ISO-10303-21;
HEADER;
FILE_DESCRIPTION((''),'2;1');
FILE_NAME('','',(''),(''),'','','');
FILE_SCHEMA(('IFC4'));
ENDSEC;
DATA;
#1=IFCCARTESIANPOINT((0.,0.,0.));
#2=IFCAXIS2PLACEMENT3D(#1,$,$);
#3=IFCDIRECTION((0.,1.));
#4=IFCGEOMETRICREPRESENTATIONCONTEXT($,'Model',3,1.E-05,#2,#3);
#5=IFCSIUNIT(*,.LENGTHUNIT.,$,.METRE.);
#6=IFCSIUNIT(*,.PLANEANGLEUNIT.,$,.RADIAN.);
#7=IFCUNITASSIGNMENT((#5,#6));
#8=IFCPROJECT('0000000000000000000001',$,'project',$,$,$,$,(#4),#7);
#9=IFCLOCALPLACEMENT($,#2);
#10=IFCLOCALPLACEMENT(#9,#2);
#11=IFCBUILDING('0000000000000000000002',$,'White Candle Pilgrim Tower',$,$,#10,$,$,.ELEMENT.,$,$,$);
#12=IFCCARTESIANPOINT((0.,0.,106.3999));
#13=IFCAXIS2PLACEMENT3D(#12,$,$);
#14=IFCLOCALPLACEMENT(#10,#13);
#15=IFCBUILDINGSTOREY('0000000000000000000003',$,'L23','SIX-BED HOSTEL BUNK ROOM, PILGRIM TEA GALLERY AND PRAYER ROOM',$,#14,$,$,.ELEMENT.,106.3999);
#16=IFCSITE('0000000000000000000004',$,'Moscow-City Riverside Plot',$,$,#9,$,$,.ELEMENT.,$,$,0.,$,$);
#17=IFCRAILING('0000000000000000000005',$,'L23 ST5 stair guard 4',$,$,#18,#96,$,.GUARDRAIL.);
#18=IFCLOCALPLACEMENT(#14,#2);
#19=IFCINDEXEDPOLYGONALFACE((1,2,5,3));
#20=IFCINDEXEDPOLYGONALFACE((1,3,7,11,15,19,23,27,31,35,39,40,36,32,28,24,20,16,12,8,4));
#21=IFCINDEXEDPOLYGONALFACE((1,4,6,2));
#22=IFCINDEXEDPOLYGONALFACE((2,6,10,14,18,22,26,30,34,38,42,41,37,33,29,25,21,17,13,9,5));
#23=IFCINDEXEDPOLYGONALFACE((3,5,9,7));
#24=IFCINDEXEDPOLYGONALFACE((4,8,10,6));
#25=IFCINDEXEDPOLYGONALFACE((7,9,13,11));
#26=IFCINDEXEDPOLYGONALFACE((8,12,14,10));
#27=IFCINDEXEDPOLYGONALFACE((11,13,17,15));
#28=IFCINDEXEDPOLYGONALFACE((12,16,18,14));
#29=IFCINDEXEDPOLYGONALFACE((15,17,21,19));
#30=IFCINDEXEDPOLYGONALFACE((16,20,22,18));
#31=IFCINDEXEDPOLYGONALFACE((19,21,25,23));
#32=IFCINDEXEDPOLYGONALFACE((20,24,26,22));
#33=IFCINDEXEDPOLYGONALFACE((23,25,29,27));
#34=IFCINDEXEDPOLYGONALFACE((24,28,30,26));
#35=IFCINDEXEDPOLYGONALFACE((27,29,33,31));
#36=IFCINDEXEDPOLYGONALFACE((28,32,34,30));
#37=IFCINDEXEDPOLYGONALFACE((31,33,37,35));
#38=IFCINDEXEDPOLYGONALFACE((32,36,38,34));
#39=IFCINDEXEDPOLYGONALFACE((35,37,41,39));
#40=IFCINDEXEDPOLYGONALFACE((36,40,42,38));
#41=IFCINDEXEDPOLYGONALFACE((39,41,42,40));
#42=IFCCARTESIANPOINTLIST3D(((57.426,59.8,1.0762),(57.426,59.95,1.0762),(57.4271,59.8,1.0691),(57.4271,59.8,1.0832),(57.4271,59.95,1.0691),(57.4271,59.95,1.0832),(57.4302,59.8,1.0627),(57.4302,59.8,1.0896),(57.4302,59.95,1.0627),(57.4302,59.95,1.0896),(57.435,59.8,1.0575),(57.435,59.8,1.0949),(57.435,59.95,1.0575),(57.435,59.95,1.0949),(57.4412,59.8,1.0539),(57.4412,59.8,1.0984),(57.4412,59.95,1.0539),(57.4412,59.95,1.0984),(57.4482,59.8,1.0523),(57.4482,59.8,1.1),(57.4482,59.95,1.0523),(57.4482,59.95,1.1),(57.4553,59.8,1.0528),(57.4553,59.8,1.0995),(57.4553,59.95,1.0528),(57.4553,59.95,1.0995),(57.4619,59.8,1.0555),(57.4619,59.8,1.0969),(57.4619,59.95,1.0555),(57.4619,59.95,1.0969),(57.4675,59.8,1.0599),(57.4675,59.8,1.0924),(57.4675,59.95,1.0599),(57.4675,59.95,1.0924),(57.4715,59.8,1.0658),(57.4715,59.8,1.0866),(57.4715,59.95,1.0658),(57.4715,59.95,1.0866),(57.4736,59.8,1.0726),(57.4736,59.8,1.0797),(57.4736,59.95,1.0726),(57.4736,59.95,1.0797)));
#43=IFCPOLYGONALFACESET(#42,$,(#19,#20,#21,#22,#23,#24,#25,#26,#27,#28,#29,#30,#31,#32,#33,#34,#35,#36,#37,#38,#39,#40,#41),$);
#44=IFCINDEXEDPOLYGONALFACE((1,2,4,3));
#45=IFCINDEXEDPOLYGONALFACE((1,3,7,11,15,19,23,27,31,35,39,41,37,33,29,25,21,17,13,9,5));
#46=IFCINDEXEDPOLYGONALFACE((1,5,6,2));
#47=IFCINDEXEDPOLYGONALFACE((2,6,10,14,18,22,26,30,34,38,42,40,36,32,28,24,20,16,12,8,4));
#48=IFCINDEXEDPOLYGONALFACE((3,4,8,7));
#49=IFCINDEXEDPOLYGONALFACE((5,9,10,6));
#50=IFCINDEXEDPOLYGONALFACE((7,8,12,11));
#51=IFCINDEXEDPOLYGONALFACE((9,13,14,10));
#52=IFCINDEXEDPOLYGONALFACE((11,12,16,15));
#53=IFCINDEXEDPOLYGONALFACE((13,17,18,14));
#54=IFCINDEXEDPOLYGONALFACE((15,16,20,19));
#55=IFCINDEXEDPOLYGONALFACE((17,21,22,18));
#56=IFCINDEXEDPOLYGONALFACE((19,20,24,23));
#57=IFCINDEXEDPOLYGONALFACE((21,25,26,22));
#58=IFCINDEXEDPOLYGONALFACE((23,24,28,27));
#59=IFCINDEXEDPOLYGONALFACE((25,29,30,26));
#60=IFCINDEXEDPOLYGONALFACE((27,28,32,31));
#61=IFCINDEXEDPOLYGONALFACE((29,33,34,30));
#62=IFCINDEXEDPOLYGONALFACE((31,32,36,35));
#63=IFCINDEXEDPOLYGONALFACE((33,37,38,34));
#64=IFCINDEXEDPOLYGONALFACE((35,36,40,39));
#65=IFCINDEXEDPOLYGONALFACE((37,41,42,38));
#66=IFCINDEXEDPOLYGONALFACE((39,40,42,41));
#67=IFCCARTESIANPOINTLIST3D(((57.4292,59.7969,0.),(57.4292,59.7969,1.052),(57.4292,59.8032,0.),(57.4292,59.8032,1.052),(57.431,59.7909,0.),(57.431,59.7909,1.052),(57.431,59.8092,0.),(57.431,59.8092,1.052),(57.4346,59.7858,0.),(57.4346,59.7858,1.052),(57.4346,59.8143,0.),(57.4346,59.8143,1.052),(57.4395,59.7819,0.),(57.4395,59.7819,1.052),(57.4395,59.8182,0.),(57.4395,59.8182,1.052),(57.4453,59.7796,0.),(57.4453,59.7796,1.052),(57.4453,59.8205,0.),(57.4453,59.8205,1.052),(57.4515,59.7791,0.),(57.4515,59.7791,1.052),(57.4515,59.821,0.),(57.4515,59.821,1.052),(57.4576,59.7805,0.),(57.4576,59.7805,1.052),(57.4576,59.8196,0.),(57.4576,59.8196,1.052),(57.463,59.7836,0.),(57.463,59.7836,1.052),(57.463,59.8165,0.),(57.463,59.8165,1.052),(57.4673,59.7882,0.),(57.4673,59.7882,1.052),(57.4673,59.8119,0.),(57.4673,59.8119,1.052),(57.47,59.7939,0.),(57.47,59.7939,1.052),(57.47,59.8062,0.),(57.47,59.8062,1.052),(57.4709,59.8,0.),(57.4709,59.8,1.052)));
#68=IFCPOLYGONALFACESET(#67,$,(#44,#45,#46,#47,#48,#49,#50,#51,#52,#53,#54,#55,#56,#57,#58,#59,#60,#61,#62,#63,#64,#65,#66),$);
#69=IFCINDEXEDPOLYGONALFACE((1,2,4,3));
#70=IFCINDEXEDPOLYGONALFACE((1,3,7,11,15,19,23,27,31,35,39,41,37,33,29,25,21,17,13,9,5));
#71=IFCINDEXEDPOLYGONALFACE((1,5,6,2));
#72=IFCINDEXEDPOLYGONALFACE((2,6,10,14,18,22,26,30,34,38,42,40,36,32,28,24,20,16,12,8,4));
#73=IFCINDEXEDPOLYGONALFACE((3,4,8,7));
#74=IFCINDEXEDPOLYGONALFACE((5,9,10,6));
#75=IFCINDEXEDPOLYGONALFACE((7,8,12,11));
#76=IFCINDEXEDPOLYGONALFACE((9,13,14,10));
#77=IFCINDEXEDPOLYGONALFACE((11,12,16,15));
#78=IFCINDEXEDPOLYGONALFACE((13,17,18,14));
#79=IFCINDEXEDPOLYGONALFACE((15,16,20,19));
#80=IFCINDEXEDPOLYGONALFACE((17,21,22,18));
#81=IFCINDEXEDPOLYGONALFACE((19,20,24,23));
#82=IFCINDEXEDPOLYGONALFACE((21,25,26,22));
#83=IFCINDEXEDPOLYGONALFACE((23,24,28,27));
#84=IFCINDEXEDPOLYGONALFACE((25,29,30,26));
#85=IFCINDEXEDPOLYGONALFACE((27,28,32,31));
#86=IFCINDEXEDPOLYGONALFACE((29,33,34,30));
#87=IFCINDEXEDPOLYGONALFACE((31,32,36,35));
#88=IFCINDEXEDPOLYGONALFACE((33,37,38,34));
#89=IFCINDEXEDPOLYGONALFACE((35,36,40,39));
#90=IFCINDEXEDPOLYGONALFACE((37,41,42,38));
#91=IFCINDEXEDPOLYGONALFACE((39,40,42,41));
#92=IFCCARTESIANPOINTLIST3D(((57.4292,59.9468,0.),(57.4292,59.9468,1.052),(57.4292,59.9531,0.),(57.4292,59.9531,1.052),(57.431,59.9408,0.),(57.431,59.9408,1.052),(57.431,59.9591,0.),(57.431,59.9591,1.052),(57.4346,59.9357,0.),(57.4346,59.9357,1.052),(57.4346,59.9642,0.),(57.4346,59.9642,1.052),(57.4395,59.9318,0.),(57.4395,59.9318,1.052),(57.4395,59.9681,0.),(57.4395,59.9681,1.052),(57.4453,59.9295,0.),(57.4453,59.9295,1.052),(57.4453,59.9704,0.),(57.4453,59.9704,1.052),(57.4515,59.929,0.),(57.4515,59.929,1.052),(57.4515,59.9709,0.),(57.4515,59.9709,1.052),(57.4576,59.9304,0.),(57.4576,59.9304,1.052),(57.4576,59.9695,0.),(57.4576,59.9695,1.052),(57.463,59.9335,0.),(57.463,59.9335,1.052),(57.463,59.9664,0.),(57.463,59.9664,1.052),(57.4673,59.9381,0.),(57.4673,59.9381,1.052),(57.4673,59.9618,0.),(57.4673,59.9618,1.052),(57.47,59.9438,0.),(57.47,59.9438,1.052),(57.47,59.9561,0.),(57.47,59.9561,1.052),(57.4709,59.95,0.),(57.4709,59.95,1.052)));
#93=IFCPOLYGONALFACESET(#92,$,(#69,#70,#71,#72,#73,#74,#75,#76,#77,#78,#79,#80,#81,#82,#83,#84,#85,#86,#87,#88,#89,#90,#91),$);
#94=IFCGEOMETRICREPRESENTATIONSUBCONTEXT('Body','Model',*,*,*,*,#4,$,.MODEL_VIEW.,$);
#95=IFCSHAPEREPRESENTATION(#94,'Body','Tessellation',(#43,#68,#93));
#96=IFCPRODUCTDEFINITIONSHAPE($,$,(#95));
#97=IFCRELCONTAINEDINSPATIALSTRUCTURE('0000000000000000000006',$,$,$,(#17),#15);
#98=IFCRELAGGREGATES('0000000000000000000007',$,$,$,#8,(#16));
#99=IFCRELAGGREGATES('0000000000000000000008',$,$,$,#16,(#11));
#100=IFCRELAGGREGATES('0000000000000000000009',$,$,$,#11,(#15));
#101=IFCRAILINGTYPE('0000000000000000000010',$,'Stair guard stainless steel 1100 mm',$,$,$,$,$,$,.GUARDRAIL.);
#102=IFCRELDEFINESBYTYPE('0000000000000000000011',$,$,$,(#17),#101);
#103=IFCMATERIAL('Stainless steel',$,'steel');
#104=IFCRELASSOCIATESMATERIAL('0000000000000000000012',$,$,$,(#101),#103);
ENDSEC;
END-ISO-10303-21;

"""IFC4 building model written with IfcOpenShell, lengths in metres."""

from ifc_helpers import new_model, si_unit, direction, frame, origin, origin_2d, place, context, subcontext, project, spatial, circle, extrude, material, type_object, element, save


model = new_model("IFC4")

# Units and contexts
model_context = context("Model", 3, precision=1e-05, world=origin(), true_north=direction((0.0, 1.0)))
body_context = subcontext(model_context, "Body", "Model", "MODEL_VIEW")
ifc_project = project(units=[si_unit("LENGTHUNIT", "METRE"), si_unit("PLANEANGLEUNIT", "RADIAN")], contexts=[model_context])

# Site, building, storey
site_placement = place(None, origin())
site = spatial("IfcSite", under=ifc_project, at=site_placement, Name="Moscow-City Riverside Plot", CompositionType="ELEMENT", RefElevation=0.0)
building_placement = place(site_placement, origin())
building = spatial("IfcBuilding", under=site, at=building_placement, Name="White Candle Pilgrim Tower", CompositionType="ELEMENT")
storey_placement = place(building_placement, frame((0.0, 0.0, 106.3999)))
storey = spatial("IfcBuildingStorey", under=building, at=storey_placement, Name="L23", Description="SIX-BED HOSTEL BUNK ROOM, PILGRIM TEA GALLERY AND PRAYER ROOM", CompositionType="ELEMENT", Elevation=106.3999)

# Railing
ifc_material_1 = material(Name="Stainless steel", Category="steel")
railing_type_1 = type_object("IfcRailingType", Name="Stair guard stainless steel 1100 mm", PredefinedType="GUARDRAIL", material=ifc_material_1)
railing_1_placement = place(storey_placement, frame((57.45, 59.8, 0.0)))
element("IfcRailing", 1, at=railing_1_placement, inside=storey, type_object=railing_type_1, Name="L23 ST5 stair guard 4", PredefinedType="GUARDRAIL", context=body_context, shape_type="SweptSolid", body=[
    extrude(circle(Radius=0.0239, at=origin_2d()), frame((0.0, 0.0, 1.0762), z_axis=(0.0, 1.0, 0.0), x_axis=(-1.0, 0.0, 0.0)), (0.0, 0.0, 1.0), 0.1499),
    extrude(circle(Radius=0.021, at=origin_2d()), origin(), (0.0, 0.0, 1.0), 1.052),
    extrude(circle(Radius=0.021, at=origin_2d()), frame((0.0, 0.1499, 0.0)), (0.0, 0.0, 1.0), 1.052),
])

save(model, "model.ifc")
